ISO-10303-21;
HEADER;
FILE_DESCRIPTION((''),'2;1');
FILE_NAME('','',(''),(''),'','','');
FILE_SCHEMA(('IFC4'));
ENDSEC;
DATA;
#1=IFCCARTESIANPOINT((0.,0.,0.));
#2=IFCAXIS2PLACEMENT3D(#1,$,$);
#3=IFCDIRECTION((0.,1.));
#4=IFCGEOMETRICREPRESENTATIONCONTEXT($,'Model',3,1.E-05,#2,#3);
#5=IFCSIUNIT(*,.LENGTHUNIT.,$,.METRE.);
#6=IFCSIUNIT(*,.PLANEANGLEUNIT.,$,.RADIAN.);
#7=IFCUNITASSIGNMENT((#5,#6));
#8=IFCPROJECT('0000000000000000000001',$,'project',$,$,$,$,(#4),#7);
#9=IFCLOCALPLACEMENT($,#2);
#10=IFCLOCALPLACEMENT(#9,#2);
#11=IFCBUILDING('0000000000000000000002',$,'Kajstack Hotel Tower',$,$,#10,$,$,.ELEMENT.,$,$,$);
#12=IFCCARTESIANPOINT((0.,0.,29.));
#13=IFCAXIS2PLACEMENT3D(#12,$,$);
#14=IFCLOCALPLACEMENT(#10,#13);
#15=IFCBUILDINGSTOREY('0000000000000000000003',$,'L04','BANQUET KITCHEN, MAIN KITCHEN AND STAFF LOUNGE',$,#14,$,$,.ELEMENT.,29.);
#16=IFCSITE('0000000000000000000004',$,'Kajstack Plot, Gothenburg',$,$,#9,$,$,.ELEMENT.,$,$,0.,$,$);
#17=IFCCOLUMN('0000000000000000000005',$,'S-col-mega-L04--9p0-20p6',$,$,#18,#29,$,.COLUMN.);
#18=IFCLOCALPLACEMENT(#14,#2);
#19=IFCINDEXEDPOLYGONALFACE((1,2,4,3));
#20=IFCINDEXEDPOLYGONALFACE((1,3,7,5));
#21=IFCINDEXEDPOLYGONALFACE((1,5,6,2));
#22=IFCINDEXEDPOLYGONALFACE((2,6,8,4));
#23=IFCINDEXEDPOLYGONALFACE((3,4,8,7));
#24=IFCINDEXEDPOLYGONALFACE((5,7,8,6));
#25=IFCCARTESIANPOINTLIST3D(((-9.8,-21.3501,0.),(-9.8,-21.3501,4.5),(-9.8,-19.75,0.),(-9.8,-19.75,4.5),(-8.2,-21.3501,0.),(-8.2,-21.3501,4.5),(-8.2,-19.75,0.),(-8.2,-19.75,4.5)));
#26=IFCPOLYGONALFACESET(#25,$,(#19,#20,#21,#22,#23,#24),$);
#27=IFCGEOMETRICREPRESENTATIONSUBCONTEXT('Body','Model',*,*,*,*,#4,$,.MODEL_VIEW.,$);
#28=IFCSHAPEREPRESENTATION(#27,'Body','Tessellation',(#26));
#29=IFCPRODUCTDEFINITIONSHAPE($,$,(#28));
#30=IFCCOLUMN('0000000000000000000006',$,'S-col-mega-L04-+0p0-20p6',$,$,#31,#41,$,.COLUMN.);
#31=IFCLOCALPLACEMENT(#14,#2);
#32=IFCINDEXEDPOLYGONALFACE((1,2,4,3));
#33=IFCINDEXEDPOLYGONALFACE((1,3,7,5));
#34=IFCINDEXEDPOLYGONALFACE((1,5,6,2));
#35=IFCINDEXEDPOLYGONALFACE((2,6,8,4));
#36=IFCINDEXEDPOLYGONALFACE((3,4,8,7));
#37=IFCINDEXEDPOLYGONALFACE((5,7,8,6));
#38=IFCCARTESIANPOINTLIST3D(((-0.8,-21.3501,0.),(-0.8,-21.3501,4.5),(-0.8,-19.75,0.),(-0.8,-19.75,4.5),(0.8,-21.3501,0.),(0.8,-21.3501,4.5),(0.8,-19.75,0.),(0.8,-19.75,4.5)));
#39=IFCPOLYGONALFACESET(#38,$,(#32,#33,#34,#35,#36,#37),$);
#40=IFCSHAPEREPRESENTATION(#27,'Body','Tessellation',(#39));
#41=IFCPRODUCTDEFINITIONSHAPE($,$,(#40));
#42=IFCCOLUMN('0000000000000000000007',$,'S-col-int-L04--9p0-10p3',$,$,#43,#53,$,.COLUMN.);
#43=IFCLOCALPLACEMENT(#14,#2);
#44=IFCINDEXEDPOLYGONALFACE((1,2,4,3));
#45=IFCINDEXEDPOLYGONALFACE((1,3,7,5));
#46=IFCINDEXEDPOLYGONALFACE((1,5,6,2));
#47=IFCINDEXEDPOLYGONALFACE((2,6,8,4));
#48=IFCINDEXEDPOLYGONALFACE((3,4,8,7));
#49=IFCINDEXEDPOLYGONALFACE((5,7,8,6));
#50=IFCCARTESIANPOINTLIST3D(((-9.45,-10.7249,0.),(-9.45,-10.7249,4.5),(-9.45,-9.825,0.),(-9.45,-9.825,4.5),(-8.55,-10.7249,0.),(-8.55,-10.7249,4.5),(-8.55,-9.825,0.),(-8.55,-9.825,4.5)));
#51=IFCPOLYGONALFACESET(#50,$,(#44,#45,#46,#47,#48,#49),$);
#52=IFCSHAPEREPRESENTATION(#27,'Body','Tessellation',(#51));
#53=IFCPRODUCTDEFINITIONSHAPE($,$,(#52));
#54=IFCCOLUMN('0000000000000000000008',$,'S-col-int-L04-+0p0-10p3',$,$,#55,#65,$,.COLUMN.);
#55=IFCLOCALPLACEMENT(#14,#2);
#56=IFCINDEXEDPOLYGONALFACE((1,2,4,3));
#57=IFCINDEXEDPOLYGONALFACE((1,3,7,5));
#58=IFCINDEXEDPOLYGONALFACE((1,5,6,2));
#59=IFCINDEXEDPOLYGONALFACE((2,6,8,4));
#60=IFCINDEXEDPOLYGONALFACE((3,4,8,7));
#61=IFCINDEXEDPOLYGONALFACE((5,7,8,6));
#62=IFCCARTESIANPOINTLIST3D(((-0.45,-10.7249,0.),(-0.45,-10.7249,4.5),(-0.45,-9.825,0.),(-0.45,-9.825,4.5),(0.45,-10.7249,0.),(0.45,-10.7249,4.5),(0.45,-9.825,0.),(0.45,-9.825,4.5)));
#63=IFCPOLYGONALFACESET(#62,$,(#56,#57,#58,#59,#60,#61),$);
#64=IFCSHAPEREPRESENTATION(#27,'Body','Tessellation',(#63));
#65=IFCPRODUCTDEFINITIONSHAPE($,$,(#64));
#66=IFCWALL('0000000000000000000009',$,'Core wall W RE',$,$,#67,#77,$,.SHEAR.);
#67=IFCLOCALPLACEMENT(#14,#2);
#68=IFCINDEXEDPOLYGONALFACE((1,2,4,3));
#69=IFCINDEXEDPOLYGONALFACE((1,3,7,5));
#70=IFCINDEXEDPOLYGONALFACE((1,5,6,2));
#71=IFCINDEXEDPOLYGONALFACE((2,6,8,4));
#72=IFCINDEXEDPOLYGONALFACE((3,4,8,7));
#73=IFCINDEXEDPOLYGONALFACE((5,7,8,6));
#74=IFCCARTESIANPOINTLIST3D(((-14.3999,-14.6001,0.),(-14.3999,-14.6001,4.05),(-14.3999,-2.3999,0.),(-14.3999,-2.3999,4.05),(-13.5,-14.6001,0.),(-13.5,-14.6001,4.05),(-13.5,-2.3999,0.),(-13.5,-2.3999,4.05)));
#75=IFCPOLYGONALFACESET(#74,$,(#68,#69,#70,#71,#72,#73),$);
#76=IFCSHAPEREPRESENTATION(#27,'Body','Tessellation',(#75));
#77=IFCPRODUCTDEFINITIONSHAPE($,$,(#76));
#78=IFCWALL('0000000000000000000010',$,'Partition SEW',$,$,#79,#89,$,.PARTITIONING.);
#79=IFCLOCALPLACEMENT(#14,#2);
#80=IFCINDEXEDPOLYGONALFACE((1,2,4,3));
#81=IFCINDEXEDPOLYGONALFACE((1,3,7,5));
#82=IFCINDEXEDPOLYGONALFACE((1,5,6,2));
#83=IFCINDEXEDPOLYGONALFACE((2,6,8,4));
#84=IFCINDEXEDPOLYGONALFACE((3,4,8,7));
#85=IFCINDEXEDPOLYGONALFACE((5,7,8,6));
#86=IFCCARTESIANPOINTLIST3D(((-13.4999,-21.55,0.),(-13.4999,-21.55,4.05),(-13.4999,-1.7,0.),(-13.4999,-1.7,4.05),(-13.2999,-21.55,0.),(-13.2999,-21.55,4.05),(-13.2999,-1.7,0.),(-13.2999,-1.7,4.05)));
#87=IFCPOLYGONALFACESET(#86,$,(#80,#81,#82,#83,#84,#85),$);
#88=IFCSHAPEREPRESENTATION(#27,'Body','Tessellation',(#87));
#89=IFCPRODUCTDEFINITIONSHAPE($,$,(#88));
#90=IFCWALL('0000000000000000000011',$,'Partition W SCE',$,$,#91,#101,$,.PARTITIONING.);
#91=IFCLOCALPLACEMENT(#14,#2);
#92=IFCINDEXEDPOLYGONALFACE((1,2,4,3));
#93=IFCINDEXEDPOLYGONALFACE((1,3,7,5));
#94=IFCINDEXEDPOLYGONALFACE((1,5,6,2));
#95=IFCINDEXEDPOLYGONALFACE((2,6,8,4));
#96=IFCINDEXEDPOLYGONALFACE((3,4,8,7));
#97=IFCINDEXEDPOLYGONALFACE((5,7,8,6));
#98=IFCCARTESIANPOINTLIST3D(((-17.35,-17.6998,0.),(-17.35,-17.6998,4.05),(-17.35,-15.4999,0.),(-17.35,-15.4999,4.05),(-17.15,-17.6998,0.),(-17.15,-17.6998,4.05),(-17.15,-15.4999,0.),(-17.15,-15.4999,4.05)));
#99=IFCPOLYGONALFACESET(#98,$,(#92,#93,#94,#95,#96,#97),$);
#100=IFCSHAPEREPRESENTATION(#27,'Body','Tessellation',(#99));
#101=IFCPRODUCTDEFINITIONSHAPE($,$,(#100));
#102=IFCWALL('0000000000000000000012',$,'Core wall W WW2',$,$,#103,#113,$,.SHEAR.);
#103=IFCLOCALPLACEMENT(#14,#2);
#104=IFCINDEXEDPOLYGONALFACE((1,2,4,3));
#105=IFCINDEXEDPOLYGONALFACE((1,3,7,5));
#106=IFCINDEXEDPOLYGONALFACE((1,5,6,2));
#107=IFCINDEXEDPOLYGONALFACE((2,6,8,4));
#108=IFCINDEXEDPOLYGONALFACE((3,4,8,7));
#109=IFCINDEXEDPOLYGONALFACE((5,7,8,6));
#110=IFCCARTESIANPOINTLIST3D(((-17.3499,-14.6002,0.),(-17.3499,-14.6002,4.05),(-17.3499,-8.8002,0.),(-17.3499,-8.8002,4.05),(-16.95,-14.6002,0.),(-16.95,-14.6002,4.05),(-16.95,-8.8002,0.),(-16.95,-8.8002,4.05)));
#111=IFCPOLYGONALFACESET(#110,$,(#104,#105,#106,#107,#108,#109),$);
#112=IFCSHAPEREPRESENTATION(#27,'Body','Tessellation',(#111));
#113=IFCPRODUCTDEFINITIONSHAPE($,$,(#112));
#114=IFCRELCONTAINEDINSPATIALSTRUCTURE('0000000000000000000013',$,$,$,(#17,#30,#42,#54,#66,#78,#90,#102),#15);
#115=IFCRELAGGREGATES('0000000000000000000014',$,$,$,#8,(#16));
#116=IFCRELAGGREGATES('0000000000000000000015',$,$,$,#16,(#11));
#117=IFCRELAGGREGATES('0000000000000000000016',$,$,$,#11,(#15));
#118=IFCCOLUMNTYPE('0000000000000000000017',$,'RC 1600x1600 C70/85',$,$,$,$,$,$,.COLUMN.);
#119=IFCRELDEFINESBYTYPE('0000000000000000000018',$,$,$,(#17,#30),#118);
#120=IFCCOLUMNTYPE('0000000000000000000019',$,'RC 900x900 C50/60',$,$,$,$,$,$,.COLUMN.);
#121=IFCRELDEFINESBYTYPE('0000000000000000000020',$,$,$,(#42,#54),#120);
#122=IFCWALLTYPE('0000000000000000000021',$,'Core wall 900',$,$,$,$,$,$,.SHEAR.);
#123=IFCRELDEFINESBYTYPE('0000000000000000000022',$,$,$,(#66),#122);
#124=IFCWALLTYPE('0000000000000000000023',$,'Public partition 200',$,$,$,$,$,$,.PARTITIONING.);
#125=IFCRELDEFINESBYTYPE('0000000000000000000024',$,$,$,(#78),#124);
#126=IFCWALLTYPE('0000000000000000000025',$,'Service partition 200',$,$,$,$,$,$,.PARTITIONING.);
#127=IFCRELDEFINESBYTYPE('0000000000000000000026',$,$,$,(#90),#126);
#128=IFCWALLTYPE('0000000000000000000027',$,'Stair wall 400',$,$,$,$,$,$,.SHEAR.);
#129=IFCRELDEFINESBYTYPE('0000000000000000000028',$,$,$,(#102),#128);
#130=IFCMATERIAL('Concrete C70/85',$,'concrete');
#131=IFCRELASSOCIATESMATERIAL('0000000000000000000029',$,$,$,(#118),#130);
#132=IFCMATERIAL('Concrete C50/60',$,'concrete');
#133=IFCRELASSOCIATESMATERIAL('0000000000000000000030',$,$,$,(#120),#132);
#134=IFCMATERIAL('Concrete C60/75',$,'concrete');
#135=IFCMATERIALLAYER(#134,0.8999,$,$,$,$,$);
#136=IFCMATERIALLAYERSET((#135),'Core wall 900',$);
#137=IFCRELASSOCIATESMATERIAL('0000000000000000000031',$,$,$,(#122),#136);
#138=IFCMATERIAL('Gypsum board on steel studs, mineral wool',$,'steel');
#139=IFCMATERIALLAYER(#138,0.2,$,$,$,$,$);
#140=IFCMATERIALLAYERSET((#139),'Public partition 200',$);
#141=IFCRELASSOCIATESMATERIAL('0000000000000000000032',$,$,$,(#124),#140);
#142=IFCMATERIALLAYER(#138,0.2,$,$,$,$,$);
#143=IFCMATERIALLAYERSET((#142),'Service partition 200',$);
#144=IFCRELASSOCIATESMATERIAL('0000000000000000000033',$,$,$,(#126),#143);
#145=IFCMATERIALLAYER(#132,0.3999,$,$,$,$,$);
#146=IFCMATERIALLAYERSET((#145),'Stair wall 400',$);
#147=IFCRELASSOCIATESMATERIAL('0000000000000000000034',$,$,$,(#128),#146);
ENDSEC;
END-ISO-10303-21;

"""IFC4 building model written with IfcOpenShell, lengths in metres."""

from ifc_helpers import new_model, si_unit, direction, frame, frame_2d, origin, origin_2d, place, context, subcontext, project, spatial, rectangle, extrude, material, layer, layer_set, material_profile, profile_set, type_object, element, save


model = new_model("IFC4")

# Units and contexts
model_context = context("Model", 3, precision=1e-05, world=origin(), true_north=direction((0.0, 1.0)))
body_context = subcontext(model_context, "Body", "Model", "MODEL_VIEW")
ifc_project = project(units=[si_unit("LENGTHUNIT", "METRE"), si_unit("PLANEANGLEUNIT", "RADIAN")], contexts=[model_context])

# Site, building, storey
site_placement = place(None, origin())
site = spatial("IfcSite", under=ifc_project, at=site_placement, Name="Kajstack Plot, Gothenburg", CompositionType="ELEMENT", RefElevation=0.0)
building_placement = place(site_placement, origin())
building = spatial("IfcBuilding", under=site, at=building_placement, Name="Kajstack Hotel Tower", CompositionType="ELEMENT")
storey_placement = place(building_placement, frame((0.0, 0.0, 29.0)))
storey = spatial("IfcBuildingStorey", under=building, at=storey_placement, Name="L04", Description="BANQUET KITCHEN, MAIN KITCHEN AND STAFF LOUNGE", CompositionType="ELEMENT", Elevation=29.0)

# Columns
ifc_material_1 = material(Name="Concrete C70/85", Category="concrete")
ifc_material_profile_1 = material_profile(ifc_material_1, rectangle(XDim=1.6001, YDim=1.6001, at=origin_2d()), Name="RC 1600x1600")
ifc_profile_set_1 = profile_set([ifc_material_profile_1], Name="Concrete C70/85")
column_type_1 = type_object("IfcColumnType", Name="RC 1600x1600 C70/85", PredefinedType="COLUMN", material=ifc_profile_set_1)
for number, where, z_axis, x_axis, name in (
    (1, (-9.0, -20.55, 0.0), (0.0, 0.0, 1.0), (1.0, 0.0, 0.0), "S-col-mega-L04--9p0-20p6"),
    (2, (0.0, -20.55, 0.0), (0.0, 0.0, 1.0), (1.0, 0.0, 0.0), "S-col-mega-L04-+0p0-20p6"),
):
    element("IfcColumn", number, at=place(storey_placement, frame(where, z_axis=z_axis, x_axis=x_axis)), inside=storey, type_object=column_type_1, Name=name, PredefinedType="COLUMN", context=body_context, shape_type="SweptSolid", body=[
        extrude(rectangle(XDim=1.6001, YDim=1.6001, at=origin_2d()), origin(), (0.0, 0.0, 1.0), 4.5),
    ])
ifc_material_2 = material(Name="Concrete C50/60", Category="concrete")
ifc_material_profile_2 = material_profile(ifc_material_2, rectangle(XDim=0.8999, YDim=0.8999, at=origin_2d()), Name="RC 900x900")
ifc_profile_set_2 = profile_set([ifc_material_profile_2], Name="Concrete C50/60")
column_type_2 = type_object("IfcColumnType", Name="RC 900x900 C50/60", PredefinedType="COLUMN", material=ifc_profile_set_2)
for number, where, z_axis, x_axis, name in (
    (3, (-9.0, -10.2749, 0.0), (0.0, 0.0, 1.0), (1.0, 0.0, 0.0), "S-col-int-L04--9p0-10p3"),
    (4, (0.0, -10.2749, 0.0), (0.0, 0.0, 1.0), (1.0, 0.0, 0.0), "S-col-int-L04-+0p0-10p3"),
):
    element("IfcColumn", number, at=place(storey_placement, frame(where, z_axis=z_axis, x_axis=x_axis)), inside=storey, type_object=column_type_2, Name=name, PredefinedType="COLUMN", context=body_context, shape_type="SweptSolid", body=[
        extrude(rectangle(XDim=0.8999, YDim=0.8999, at=origin_2d()), origin(), (0.0, 0.0, 1.0), 4.5),
    ])

# Wall
ifc_material_3 = material(Name="Concrete C60/75", Category="concrete")
ifc_layer_1 = layer(ifc_material_3, 0.8999)
ifc_layer_set_1 = layer_set([ifc_layer_1], Name="Core wall 900")
wall_type_1 = type_object("IfcWallType", Name="Core wall 900", PredefinedType="SHEAR", material=ifc_layer_set_1)
wall_1_placement = place(storey_placement, frame((-13.95, -14.6001, 0.0), z_axis=(0.0, 0.0, 1.0), x_axis=(0.0, 1.0, 0.0)))
element("IfcWall", 5, at=wall_1_placement, inside=storey, type_object=wall_type_1, Name="Core wall W RE", PredefinedType="SHEAR", context=body_context, shape_type="SweptSolid", body=[
    extrude(rectangle(XDim=12.2002, YDim=0.8999, at=frame_2d((6.1001, 0.0))), origin(), (0.0, 0.0, 1.0), 4.05),
])

# Walls
ifc_material_4 = material(Name="Gypsum board on steel studs, mineral wool", Category="steel")
ifc_layer_2 = layer(ifc_material_4, 0.2)
ifc_layer_set_2 = layer_set([ifc_layer_2], Name="Public partition 200")
wall_type_2 = type_object("IfcWallType", Name="Public partition 200", PredefinedType="PARTITIONING", material=ifc_layer_set_2)
wall_2_placement = place(storey_placement, frame((-13.3999, -21.55, 0.0), z_axis=(0.0, 0.0, 1.0), x_axis=(0.0, 1.0, 0.0)))
element("IfcWall", 6, at=wall_2_placement, inside=storey, type_object=wall_type_2, Name="Partition SEW", PredefinedType="PARTITIONING", context=body_context, shape_type="SweptSolid", body=[
    extrude(rectangle(XDim=19.8501, YDim=0.2, at=frame_2d((9.925, 0.0))), origin(), (0.0, 0.0, 1.0), 4.05),
])
ifc_layer_3 = layer(ifc_material_4, 0.2)
ifc_layer_set_3 = layer_set([ifc_layer_3], Name="Service partition 200")
wall_type_3 = type_object("IfcWallType", Name="Service partition 200", PredefinedType="PARTITIONING", material=ifc_layer_set_3)
wall_3_placement = place(storey_placement, frame((-17.25, -17.7, 0.0), z_axis=(0.0, 0.0, 1.0), x_axis=(0.0, 1.0, 0.0)))
element("IfcWall", 7, at=wall_3_placement, inside=storey, type_object=wall_type_3, Name="Partition W SCE", PredefinedType="PARTITIONING", context=body_context, shape_type="SweptSolid", body=[
    extrude(rectangle(XDim=2.2, YDim=0.2, at=frame_2d((1.1001, 0.0))), origin(), (0.0, 0.0, 1.0), 4.05),
])
ifc_layer_4 = layer(ifc_material_2, 0.3999)
ifc_layer_set_4 = layer_set([ifc_layer_4], Name="Stair wall 400")
wall_type_4 = type_object("IfcWallType", Name="Stair wall 400", PredefinedType="SHEAR", material=ifc_layer_set_4)
wall_4_placement = place(storey_placement, frame((-17.1499, -14.6001, 0.0), z_axis=(0.0, 0.0, 1.0), x_axis=(0.0, 1.0, 0.0)))
element("IfcWall", 8, at=wall_4_placement, inside=storey, type_object=wall_type_4, Name="Core wall W WW2", PredefinedType="SHEAR", context=body_context, shape_type="SweptSolid", body=[
    extrude(rectangle(XDim=5.8, YDim=0.3999, at=frame_2d((2.8999, 0.0))), origin(), (0.0, 0.0, 1.0), 4.05),
])

save(model, "model.ifc")
